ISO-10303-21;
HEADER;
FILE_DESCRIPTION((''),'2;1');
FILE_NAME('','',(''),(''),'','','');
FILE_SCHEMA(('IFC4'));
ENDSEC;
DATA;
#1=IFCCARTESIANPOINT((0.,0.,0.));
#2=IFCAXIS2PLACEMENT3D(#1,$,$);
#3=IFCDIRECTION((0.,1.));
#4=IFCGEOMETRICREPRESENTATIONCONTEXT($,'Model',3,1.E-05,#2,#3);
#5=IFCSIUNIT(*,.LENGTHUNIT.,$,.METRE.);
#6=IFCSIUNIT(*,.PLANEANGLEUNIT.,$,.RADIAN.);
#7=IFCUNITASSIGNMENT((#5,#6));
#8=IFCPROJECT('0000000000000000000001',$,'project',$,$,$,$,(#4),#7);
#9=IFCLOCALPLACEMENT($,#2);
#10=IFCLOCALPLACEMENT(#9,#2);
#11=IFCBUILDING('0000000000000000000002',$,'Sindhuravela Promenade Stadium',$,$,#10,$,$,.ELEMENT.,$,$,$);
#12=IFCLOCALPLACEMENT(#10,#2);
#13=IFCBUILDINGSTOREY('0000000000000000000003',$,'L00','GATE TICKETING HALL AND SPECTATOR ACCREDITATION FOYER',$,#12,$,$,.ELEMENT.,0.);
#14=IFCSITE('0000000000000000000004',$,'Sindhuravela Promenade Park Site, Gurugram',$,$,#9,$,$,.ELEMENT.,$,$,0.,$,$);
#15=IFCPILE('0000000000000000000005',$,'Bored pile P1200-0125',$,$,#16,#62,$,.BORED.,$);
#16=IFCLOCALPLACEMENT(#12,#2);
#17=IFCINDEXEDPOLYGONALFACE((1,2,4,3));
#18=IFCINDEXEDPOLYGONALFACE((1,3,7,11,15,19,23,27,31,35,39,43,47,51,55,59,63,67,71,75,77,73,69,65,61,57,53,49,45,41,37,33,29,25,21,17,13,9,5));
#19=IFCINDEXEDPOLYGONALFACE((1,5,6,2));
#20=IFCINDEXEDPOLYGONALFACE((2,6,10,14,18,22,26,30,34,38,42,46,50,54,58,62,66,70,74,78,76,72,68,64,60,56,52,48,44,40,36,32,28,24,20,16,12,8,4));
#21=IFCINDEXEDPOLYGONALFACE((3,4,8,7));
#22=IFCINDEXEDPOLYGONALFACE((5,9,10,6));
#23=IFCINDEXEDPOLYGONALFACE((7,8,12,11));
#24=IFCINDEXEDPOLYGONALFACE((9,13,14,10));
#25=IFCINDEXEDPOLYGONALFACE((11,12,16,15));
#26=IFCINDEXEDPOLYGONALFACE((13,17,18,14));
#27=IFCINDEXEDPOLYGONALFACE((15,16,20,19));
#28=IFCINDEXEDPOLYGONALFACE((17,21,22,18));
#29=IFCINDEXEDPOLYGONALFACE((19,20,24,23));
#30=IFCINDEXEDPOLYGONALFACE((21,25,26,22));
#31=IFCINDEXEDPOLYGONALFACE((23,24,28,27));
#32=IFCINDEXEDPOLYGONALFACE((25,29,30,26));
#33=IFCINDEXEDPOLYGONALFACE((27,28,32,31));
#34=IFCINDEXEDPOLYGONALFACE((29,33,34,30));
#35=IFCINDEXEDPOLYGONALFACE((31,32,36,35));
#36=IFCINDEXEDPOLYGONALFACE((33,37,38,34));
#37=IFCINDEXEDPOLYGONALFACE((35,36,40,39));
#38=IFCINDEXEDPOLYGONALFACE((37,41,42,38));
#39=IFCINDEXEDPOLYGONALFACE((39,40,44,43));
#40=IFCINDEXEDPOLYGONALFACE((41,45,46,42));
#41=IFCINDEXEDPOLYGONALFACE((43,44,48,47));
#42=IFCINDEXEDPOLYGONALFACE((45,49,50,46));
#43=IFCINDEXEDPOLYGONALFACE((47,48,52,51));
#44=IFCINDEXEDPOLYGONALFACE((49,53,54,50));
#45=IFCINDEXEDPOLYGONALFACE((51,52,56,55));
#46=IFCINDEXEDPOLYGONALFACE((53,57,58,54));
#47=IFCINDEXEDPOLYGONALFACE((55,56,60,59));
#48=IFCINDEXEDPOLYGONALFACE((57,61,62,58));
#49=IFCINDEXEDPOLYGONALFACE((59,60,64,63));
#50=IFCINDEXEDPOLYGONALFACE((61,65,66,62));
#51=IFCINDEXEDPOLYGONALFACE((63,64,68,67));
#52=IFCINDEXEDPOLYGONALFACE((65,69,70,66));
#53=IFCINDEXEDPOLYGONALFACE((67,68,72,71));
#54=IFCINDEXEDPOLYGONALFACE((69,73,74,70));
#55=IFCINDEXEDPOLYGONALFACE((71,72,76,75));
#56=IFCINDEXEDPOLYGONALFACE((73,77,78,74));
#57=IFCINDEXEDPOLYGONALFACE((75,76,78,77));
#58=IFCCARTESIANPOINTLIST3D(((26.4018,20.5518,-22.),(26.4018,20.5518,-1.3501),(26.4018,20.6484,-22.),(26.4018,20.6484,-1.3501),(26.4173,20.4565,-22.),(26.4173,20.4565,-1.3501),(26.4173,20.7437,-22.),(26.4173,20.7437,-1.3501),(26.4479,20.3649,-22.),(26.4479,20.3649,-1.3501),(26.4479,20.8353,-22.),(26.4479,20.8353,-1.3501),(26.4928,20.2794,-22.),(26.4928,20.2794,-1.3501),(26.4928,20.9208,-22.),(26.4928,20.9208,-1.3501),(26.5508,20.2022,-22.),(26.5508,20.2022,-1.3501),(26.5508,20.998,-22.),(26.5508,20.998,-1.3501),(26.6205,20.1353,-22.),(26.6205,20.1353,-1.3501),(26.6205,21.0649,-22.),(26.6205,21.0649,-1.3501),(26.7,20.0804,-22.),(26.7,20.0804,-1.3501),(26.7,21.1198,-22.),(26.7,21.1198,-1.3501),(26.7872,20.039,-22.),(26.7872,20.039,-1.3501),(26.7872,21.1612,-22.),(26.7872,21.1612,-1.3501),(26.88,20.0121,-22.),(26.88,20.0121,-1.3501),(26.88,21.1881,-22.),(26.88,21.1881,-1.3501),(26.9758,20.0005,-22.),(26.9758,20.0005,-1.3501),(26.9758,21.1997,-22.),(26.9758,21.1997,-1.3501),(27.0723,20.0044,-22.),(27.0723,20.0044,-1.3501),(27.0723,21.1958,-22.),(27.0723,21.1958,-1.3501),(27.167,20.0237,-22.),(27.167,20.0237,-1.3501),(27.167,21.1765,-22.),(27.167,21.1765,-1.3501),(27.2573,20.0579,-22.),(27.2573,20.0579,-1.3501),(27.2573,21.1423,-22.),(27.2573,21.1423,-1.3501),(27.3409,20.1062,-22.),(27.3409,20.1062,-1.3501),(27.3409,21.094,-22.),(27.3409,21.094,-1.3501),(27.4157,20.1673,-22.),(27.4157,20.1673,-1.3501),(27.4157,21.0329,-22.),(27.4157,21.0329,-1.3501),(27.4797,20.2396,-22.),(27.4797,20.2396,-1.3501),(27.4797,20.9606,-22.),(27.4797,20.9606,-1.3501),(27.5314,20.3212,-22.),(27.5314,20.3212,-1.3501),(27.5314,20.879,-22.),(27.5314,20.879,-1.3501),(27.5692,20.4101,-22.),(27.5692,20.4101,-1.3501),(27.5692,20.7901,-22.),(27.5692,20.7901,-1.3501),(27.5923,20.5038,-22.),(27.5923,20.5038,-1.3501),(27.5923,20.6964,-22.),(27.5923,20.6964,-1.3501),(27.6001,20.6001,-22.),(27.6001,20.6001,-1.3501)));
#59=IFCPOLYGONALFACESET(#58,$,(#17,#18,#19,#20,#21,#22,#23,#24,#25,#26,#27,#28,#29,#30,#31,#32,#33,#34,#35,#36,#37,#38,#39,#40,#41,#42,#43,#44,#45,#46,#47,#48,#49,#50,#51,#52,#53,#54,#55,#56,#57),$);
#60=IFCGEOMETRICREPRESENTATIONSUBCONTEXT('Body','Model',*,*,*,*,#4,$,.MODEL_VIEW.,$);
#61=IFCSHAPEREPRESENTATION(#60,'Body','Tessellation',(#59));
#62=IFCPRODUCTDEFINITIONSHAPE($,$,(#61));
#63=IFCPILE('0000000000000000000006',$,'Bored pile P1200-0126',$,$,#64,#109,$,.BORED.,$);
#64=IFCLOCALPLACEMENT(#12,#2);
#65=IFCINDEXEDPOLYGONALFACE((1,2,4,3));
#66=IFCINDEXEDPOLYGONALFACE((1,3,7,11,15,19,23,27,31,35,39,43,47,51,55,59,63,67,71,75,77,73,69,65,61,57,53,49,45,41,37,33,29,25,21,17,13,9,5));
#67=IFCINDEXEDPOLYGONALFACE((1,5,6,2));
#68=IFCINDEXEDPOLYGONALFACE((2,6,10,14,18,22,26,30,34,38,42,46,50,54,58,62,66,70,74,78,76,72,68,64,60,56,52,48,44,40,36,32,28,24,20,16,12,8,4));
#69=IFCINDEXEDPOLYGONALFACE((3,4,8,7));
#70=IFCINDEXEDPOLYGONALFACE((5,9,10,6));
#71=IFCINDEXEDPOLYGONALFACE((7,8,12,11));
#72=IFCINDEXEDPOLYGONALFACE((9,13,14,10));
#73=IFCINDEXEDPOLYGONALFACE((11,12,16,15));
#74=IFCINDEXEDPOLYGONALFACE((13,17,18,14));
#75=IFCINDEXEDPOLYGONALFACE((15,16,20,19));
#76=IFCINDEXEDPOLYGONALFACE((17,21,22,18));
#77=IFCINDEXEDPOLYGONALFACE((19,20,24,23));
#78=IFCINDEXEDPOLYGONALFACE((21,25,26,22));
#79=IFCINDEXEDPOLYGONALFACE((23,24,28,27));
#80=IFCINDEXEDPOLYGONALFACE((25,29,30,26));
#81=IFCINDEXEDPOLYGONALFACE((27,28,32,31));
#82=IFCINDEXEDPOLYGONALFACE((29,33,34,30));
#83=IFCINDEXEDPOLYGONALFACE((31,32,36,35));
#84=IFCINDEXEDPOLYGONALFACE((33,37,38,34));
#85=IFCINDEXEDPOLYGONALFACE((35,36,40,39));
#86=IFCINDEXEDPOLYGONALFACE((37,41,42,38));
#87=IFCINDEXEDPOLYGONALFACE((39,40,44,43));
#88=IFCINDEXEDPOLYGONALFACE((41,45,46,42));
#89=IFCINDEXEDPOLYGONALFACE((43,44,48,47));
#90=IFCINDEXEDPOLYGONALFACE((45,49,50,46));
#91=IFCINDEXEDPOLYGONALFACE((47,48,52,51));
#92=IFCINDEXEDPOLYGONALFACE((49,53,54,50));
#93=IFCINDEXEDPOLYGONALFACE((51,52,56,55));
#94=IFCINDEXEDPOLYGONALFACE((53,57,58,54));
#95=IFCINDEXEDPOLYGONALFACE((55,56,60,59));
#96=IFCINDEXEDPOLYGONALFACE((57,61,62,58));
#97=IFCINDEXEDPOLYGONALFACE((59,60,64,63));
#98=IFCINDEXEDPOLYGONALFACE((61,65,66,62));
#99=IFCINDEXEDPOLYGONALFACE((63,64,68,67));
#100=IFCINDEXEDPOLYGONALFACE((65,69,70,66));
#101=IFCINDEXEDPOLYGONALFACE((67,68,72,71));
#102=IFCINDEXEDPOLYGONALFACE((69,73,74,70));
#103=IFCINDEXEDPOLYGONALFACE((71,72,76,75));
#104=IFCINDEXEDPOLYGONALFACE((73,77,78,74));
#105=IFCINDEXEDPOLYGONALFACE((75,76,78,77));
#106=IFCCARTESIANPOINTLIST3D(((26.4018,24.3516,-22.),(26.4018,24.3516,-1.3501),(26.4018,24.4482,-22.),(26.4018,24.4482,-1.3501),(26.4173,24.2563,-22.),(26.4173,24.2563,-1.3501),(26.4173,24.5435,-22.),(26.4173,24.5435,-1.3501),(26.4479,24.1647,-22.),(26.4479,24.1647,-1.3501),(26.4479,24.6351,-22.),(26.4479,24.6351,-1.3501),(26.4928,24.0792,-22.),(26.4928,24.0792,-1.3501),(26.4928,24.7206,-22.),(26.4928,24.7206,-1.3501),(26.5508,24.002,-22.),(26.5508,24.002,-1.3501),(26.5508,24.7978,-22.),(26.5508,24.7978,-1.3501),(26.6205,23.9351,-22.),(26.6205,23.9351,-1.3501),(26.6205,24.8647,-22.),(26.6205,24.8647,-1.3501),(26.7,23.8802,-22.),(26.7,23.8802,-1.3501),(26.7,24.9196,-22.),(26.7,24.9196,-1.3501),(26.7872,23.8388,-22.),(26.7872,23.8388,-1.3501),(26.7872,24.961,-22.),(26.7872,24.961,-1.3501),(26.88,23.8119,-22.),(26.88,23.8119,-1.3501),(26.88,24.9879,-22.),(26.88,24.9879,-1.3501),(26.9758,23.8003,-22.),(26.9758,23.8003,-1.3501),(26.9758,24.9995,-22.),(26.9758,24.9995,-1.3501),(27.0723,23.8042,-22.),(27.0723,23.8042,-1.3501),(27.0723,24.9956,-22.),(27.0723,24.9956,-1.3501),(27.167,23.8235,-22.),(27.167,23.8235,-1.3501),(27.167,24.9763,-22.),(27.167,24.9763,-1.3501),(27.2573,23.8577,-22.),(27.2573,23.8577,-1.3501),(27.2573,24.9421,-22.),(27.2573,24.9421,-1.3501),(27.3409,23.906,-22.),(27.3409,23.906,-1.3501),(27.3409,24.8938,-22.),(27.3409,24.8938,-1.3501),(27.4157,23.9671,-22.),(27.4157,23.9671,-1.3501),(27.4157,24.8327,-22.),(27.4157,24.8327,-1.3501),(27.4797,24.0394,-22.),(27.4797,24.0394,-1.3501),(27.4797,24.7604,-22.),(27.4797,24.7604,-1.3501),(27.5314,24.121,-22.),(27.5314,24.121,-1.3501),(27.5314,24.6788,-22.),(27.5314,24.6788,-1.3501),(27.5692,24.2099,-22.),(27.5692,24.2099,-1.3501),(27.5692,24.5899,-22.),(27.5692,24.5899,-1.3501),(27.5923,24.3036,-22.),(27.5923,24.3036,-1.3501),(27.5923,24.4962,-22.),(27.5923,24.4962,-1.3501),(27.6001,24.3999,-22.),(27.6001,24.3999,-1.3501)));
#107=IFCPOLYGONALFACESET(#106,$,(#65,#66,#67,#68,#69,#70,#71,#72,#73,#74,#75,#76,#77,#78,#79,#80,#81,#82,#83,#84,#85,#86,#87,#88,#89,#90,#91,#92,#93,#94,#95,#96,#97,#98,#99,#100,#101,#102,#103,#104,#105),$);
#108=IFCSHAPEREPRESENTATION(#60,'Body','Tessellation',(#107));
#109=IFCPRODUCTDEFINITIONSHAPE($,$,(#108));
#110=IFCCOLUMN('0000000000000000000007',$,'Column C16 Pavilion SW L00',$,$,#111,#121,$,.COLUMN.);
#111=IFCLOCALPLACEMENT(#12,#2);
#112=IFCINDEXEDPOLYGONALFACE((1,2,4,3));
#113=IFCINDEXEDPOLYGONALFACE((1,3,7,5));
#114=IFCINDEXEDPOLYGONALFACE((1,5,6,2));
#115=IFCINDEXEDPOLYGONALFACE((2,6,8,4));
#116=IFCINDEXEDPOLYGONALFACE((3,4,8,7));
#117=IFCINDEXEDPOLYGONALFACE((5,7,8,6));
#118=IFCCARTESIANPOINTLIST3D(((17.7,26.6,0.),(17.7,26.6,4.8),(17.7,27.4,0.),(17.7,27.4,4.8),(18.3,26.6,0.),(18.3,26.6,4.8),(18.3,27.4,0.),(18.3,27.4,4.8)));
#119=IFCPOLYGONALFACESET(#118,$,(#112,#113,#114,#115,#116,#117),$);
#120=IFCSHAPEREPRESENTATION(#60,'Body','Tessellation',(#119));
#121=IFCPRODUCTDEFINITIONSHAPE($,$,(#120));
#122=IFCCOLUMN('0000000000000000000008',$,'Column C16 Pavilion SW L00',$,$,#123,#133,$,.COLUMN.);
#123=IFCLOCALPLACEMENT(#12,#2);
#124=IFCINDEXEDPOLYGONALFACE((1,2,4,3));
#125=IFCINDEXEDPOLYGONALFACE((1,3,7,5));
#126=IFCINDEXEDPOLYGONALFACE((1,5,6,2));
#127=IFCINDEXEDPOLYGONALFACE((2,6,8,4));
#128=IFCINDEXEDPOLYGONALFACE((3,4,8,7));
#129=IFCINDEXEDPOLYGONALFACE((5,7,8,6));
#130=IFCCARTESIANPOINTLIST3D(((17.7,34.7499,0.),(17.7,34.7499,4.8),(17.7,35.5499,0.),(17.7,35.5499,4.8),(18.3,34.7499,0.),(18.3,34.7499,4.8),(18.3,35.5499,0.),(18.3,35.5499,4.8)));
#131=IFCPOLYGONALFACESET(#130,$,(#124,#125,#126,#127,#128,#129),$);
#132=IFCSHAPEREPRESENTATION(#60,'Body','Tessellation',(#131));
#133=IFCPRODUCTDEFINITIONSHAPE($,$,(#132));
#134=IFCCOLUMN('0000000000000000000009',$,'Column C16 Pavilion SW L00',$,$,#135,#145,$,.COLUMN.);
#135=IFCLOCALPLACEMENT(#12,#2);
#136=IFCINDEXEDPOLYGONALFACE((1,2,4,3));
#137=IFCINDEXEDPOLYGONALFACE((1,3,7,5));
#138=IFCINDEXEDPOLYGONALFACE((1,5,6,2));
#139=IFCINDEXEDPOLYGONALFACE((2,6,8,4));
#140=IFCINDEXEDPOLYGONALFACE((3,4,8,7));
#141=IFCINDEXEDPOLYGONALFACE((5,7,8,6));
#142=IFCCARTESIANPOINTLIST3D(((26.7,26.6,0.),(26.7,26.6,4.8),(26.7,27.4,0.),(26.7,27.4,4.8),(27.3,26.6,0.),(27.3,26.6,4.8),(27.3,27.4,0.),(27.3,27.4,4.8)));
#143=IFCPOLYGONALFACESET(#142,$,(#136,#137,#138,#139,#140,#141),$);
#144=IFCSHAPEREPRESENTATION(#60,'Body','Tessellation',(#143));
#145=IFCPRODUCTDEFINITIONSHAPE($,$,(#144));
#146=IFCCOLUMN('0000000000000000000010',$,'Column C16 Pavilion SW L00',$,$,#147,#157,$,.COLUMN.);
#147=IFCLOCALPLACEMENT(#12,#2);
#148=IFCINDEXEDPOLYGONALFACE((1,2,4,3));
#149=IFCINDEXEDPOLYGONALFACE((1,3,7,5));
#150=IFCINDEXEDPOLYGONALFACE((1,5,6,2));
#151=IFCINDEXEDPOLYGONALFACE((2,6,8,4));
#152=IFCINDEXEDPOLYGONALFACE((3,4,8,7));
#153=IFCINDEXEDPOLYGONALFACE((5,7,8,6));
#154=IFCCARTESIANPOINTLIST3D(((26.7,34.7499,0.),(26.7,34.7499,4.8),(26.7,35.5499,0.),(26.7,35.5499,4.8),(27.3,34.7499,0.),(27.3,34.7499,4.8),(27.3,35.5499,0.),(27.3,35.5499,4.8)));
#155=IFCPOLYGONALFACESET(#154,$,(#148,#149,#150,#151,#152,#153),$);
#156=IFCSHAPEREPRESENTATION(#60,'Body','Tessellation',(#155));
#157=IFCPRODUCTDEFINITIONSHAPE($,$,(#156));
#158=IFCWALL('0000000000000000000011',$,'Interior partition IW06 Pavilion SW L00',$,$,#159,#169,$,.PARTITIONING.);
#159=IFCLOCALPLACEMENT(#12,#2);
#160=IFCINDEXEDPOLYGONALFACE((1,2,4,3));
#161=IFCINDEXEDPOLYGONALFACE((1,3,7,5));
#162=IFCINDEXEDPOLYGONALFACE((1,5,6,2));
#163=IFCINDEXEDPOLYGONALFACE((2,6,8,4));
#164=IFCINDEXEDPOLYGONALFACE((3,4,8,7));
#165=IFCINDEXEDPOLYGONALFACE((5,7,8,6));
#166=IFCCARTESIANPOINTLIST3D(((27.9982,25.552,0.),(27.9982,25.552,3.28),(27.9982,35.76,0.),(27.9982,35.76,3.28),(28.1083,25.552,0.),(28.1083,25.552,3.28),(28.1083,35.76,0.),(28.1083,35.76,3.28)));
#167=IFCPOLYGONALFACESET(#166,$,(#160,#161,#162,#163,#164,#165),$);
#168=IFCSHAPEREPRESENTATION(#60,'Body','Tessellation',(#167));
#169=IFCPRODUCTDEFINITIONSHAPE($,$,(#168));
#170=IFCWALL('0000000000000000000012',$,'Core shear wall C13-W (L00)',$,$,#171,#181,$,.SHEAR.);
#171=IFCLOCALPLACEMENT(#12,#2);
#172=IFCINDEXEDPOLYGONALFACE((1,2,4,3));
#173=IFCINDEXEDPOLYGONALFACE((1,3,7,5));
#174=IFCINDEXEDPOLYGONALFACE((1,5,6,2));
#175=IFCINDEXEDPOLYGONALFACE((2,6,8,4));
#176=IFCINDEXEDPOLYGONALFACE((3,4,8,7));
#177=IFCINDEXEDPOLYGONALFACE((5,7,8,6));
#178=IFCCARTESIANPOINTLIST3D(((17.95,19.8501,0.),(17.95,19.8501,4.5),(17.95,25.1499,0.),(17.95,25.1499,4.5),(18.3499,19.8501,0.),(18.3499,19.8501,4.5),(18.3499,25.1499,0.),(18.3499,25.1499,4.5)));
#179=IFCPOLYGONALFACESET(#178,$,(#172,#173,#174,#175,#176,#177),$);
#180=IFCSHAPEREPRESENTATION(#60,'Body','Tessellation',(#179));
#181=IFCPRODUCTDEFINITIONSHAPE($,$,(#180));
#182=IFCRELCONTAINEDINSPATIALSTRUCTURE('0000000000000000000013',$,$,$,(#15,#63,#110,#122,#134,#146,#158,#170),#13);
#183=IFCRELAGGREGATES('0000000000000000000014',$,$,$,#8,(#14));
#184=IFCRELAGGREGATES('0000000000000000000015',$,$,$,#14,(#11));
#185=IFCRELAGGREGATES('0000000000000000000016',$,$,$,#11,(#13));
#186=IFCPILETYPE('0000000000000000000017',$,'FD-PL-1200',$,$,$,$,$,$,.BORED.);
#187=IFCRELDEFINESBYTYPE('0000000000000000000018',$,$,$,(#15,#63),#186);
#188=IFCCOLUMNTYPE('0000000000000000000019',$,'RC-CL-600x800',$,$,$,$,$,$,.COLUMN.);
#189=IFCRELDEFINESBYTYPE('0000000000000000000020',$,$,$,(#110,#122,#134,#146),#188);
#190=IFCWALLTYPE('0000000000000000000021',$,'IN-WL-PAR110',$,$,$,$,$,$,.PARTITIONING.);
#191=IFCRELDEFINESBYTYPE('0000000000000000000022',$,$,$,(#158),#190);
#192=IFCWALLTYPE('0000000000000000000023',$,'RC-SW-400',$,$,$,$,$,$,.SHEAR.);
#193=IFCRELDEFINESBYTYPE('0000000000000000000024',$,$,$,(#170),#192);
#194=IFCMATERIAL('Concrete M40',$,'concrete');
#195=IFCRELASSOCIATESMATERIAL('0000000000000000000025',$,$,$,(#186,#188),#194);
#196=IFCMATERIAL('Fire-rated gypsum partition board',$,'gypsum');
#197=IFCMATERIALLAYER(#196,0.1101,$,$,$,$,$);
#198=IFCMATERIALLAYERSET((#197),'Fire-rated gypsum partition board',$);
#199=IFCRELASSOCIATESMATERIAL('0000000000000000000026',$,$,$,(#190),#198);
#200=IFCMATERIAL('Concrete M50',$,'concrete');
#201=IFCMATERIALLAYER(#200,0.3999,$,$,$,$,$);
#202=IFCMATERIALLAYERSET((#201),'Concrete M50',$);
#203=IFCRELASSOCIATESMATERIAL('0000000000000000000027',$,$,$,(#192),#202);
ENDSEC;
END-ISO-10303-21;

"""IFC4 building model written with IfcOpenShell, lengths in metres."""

from ifc_helpers import new_model, si_unit, direction, frame, frame_2d, origin, origin_2d, place, context, subcontext, project, spatial, rectangle, circle, extrude, material, layer, layer_set, material_profile, profile_set, type_object, element, save


model = new_model("IFC4")

# Units and contexts
model_context = context("Model", 3, precision=1e-05, world=origin(), true_north=direction((0.0, 1.0)))
body_context = subcontext(model_context, "Body", "Model", "MODEL_VIEW")
ifc_project = project(units=[si_unit("LENGTHUNIT", "METRE"), si_unit("PLANEANGLEUNIT", "RADIAN")], contexts=[model_context])

# Site, building, storey
site_placement = place(None, origin())
site = spatial("IfcSite", under=ifc_project, at=site_placement, Name="Sindhuravela Promenade Park Site, Gurugram", CompositionType="ELEMENT", RefElevation=0.0)
building_placement = place(site_placement, origin())
building = spatial("IfcBuilding", under=site, at=building_placement, Name="Sindhuravela Promenade Stadium", CompositionType="ELEMENT")
storey_placement = place(building_placement, origin())
storey = spatial("IfcBuildingStorey", under=building, at=storey_placement, Name="L00", Description="GATE TICKETING HALL AND SPECTATOR ACCREDITATION FOYER", CompositionType="ELEMENT", Elevation=0.0)

# Shared definitions
ifc_material_1 = material(Name="Concrete M50", Category="concrete")

# Piles
ifc_material_2 = material(Name="Concrete M40", Category="concrete")
ifc_material_profile_1 = material_profile(ifc_material_2, circle(Radius=0.6001, at=origin_2d()), Name="BORED PILE D1200")
ifc_profile_set_1 = profile_set([ifc_material_profile_1], Name="Concrete M40")
pile_type_1 = type_object("IfcPileType", Name="FD-PL-1200", PredefinedType="BORED", material=ifc_profile_set_1)
for number, where, z_axis, x_axis, name in (
    (1, (27.0, 20.6001, -1.3501), (0.0, 0.0, -1.0), (1.0, 0.0, 0.0), "Bored pile P1200-0125"),
    (2, (27.0, 24.3999, -1.3501), (0.0, 0.0, -1.0), (1.0, 0.0, 0.0), "Bored pile P1200-0126"),
):
    element("IfcPile", number, at=place(storey_placement, frame(where, z_axis=z_axis, x_axis=x_axis)), inside=storey, type_object=pile_type_1, Name=name, PredefinedType="BORED", context=body_context, shape_type="SweptSolid", body=[
        extrude(circle(Radius=0.6001, at=origin_2d()), origin(), (0.0, 0.0, 1.0), 20.6499),
    ])

# Columns
ifc_material_profile_2 = material_profile(ifc_material_2, rectangle(XDim=0.6001, YDim=0.8, at=origin_2d()), Name="RC 600x800")
ifc_profile_set_2 = profile_set([ifc_material_profile_2], Name="Concrete M40")
column_type = type_object("IfcColumnType", Name="RC-CL-600x800", PredefinedType="COLUMN", material=ifc_profile_set_2)
for number, where, z_axis, x_axis, name in (
    (3, (18.0, 27.0, 0.0), (0.0, 0.0, 1.0), (1.0, 0.0, 0.0), "Column C16 Pavilion SW L00"),
    (4, (18.0, 35.1499, 0.0), (0.0, 0.0, 1.0), (1.0, 0.0, 0.0), "Column C16 Pavilion SW L00"),
    (5, (27.0, 27.0, 0.0), (0.0, 0.0, 1.0), (1.0, 0.0, 0.0), "Column C16 Pavilion SW L00"),
    (6, (27.0, 35.1499, 0.0), (0.0, 0.0, 1.0), (1.0, 0.0, 0.0), "Column C16 Pavilion SW L00"),
):
    element("IfcColumn", number, at=place(storey_placement, frame(where, z_axis=z_axis, x_axis=x_axis)), inside=storey, type_object=column_type, Name=name, PredefinedType="COLUMN", context=body_context, shape_type="SweptSolid", body=[
        extrude(rectangle(XDim=0.6001, YDim=0.8, at=origin_2d()), origin(), (0.0, 0.0, 1.0), 4.8),
    ])

# Walls
ifc_material_3 = material(Name="Fire-rated gypsum partition board", Category="gypsum")
ifc_layer_1 = layer(ifc_material_3, 0.1101)
ifc_layer_set_1 = layer_set([ifc_layer_1], Name="Fire-rated gypsum partition board")
wall_type_1 = type_object("IfcWallType", Name="IN-WL-PAR110", PredefinedType="PARTITIONING", material=ifc_layer_set_1)
wall_1_placement = place(storey_placement, frame((28.0532, 35.76, 0.0), z_axis=(0.0, 0.0, 1.0), x_axis=(0.0, -1.0, 0.0)))
element("IfcWall", 7, at=wall_1_placement, inside=storey, type_object=wall_type_1, Name="Interior partition IW06 Pavilion SW L00", PredefinedType="PARTITIONING", context=body_context, shape_type="SweptSolid", body=[
    extrude(rectangle(XDim=10.208, YDim=0.1101, at=frame_2d((5.104, 0.0))), origin(), (0.0, 0.0, 1.0), 3.28),
])
ifc_layer_2 = layer(ifc_material_1, 0.3999)
ifc_layer_set_2 = layer_set([ifc_layer_2], Name="Concrete M50")
wall_type_2 = type_object("IfcWallType", Name="RC-SW-400", PredefinedType="SHEAR", material=ifc_layer_set_2)
wall_2_placement = place(storey_placement, frame((18.1499, 25.1499, 0.0), z_axis=(0.0, 0.0, 1.0), x_axis=(0.0, -1.0, 0.0)))
element("IfcWall", 8, at=wall_2_placement, inside=storey, type_object=wall_type_2, Name="Core shear wall C13-W (L00)", PredefinedType="SHEAR", context=body_context, shape_type="SweptSolid", body=[
    extrude(rectangle(XDim=5.2998, YDim=0.3999, at=frame_2d((2.6499, 0.0))), origin(), (0.0, 0.0, 1.0), 4.5),
])

save(model, "model.ifc")
